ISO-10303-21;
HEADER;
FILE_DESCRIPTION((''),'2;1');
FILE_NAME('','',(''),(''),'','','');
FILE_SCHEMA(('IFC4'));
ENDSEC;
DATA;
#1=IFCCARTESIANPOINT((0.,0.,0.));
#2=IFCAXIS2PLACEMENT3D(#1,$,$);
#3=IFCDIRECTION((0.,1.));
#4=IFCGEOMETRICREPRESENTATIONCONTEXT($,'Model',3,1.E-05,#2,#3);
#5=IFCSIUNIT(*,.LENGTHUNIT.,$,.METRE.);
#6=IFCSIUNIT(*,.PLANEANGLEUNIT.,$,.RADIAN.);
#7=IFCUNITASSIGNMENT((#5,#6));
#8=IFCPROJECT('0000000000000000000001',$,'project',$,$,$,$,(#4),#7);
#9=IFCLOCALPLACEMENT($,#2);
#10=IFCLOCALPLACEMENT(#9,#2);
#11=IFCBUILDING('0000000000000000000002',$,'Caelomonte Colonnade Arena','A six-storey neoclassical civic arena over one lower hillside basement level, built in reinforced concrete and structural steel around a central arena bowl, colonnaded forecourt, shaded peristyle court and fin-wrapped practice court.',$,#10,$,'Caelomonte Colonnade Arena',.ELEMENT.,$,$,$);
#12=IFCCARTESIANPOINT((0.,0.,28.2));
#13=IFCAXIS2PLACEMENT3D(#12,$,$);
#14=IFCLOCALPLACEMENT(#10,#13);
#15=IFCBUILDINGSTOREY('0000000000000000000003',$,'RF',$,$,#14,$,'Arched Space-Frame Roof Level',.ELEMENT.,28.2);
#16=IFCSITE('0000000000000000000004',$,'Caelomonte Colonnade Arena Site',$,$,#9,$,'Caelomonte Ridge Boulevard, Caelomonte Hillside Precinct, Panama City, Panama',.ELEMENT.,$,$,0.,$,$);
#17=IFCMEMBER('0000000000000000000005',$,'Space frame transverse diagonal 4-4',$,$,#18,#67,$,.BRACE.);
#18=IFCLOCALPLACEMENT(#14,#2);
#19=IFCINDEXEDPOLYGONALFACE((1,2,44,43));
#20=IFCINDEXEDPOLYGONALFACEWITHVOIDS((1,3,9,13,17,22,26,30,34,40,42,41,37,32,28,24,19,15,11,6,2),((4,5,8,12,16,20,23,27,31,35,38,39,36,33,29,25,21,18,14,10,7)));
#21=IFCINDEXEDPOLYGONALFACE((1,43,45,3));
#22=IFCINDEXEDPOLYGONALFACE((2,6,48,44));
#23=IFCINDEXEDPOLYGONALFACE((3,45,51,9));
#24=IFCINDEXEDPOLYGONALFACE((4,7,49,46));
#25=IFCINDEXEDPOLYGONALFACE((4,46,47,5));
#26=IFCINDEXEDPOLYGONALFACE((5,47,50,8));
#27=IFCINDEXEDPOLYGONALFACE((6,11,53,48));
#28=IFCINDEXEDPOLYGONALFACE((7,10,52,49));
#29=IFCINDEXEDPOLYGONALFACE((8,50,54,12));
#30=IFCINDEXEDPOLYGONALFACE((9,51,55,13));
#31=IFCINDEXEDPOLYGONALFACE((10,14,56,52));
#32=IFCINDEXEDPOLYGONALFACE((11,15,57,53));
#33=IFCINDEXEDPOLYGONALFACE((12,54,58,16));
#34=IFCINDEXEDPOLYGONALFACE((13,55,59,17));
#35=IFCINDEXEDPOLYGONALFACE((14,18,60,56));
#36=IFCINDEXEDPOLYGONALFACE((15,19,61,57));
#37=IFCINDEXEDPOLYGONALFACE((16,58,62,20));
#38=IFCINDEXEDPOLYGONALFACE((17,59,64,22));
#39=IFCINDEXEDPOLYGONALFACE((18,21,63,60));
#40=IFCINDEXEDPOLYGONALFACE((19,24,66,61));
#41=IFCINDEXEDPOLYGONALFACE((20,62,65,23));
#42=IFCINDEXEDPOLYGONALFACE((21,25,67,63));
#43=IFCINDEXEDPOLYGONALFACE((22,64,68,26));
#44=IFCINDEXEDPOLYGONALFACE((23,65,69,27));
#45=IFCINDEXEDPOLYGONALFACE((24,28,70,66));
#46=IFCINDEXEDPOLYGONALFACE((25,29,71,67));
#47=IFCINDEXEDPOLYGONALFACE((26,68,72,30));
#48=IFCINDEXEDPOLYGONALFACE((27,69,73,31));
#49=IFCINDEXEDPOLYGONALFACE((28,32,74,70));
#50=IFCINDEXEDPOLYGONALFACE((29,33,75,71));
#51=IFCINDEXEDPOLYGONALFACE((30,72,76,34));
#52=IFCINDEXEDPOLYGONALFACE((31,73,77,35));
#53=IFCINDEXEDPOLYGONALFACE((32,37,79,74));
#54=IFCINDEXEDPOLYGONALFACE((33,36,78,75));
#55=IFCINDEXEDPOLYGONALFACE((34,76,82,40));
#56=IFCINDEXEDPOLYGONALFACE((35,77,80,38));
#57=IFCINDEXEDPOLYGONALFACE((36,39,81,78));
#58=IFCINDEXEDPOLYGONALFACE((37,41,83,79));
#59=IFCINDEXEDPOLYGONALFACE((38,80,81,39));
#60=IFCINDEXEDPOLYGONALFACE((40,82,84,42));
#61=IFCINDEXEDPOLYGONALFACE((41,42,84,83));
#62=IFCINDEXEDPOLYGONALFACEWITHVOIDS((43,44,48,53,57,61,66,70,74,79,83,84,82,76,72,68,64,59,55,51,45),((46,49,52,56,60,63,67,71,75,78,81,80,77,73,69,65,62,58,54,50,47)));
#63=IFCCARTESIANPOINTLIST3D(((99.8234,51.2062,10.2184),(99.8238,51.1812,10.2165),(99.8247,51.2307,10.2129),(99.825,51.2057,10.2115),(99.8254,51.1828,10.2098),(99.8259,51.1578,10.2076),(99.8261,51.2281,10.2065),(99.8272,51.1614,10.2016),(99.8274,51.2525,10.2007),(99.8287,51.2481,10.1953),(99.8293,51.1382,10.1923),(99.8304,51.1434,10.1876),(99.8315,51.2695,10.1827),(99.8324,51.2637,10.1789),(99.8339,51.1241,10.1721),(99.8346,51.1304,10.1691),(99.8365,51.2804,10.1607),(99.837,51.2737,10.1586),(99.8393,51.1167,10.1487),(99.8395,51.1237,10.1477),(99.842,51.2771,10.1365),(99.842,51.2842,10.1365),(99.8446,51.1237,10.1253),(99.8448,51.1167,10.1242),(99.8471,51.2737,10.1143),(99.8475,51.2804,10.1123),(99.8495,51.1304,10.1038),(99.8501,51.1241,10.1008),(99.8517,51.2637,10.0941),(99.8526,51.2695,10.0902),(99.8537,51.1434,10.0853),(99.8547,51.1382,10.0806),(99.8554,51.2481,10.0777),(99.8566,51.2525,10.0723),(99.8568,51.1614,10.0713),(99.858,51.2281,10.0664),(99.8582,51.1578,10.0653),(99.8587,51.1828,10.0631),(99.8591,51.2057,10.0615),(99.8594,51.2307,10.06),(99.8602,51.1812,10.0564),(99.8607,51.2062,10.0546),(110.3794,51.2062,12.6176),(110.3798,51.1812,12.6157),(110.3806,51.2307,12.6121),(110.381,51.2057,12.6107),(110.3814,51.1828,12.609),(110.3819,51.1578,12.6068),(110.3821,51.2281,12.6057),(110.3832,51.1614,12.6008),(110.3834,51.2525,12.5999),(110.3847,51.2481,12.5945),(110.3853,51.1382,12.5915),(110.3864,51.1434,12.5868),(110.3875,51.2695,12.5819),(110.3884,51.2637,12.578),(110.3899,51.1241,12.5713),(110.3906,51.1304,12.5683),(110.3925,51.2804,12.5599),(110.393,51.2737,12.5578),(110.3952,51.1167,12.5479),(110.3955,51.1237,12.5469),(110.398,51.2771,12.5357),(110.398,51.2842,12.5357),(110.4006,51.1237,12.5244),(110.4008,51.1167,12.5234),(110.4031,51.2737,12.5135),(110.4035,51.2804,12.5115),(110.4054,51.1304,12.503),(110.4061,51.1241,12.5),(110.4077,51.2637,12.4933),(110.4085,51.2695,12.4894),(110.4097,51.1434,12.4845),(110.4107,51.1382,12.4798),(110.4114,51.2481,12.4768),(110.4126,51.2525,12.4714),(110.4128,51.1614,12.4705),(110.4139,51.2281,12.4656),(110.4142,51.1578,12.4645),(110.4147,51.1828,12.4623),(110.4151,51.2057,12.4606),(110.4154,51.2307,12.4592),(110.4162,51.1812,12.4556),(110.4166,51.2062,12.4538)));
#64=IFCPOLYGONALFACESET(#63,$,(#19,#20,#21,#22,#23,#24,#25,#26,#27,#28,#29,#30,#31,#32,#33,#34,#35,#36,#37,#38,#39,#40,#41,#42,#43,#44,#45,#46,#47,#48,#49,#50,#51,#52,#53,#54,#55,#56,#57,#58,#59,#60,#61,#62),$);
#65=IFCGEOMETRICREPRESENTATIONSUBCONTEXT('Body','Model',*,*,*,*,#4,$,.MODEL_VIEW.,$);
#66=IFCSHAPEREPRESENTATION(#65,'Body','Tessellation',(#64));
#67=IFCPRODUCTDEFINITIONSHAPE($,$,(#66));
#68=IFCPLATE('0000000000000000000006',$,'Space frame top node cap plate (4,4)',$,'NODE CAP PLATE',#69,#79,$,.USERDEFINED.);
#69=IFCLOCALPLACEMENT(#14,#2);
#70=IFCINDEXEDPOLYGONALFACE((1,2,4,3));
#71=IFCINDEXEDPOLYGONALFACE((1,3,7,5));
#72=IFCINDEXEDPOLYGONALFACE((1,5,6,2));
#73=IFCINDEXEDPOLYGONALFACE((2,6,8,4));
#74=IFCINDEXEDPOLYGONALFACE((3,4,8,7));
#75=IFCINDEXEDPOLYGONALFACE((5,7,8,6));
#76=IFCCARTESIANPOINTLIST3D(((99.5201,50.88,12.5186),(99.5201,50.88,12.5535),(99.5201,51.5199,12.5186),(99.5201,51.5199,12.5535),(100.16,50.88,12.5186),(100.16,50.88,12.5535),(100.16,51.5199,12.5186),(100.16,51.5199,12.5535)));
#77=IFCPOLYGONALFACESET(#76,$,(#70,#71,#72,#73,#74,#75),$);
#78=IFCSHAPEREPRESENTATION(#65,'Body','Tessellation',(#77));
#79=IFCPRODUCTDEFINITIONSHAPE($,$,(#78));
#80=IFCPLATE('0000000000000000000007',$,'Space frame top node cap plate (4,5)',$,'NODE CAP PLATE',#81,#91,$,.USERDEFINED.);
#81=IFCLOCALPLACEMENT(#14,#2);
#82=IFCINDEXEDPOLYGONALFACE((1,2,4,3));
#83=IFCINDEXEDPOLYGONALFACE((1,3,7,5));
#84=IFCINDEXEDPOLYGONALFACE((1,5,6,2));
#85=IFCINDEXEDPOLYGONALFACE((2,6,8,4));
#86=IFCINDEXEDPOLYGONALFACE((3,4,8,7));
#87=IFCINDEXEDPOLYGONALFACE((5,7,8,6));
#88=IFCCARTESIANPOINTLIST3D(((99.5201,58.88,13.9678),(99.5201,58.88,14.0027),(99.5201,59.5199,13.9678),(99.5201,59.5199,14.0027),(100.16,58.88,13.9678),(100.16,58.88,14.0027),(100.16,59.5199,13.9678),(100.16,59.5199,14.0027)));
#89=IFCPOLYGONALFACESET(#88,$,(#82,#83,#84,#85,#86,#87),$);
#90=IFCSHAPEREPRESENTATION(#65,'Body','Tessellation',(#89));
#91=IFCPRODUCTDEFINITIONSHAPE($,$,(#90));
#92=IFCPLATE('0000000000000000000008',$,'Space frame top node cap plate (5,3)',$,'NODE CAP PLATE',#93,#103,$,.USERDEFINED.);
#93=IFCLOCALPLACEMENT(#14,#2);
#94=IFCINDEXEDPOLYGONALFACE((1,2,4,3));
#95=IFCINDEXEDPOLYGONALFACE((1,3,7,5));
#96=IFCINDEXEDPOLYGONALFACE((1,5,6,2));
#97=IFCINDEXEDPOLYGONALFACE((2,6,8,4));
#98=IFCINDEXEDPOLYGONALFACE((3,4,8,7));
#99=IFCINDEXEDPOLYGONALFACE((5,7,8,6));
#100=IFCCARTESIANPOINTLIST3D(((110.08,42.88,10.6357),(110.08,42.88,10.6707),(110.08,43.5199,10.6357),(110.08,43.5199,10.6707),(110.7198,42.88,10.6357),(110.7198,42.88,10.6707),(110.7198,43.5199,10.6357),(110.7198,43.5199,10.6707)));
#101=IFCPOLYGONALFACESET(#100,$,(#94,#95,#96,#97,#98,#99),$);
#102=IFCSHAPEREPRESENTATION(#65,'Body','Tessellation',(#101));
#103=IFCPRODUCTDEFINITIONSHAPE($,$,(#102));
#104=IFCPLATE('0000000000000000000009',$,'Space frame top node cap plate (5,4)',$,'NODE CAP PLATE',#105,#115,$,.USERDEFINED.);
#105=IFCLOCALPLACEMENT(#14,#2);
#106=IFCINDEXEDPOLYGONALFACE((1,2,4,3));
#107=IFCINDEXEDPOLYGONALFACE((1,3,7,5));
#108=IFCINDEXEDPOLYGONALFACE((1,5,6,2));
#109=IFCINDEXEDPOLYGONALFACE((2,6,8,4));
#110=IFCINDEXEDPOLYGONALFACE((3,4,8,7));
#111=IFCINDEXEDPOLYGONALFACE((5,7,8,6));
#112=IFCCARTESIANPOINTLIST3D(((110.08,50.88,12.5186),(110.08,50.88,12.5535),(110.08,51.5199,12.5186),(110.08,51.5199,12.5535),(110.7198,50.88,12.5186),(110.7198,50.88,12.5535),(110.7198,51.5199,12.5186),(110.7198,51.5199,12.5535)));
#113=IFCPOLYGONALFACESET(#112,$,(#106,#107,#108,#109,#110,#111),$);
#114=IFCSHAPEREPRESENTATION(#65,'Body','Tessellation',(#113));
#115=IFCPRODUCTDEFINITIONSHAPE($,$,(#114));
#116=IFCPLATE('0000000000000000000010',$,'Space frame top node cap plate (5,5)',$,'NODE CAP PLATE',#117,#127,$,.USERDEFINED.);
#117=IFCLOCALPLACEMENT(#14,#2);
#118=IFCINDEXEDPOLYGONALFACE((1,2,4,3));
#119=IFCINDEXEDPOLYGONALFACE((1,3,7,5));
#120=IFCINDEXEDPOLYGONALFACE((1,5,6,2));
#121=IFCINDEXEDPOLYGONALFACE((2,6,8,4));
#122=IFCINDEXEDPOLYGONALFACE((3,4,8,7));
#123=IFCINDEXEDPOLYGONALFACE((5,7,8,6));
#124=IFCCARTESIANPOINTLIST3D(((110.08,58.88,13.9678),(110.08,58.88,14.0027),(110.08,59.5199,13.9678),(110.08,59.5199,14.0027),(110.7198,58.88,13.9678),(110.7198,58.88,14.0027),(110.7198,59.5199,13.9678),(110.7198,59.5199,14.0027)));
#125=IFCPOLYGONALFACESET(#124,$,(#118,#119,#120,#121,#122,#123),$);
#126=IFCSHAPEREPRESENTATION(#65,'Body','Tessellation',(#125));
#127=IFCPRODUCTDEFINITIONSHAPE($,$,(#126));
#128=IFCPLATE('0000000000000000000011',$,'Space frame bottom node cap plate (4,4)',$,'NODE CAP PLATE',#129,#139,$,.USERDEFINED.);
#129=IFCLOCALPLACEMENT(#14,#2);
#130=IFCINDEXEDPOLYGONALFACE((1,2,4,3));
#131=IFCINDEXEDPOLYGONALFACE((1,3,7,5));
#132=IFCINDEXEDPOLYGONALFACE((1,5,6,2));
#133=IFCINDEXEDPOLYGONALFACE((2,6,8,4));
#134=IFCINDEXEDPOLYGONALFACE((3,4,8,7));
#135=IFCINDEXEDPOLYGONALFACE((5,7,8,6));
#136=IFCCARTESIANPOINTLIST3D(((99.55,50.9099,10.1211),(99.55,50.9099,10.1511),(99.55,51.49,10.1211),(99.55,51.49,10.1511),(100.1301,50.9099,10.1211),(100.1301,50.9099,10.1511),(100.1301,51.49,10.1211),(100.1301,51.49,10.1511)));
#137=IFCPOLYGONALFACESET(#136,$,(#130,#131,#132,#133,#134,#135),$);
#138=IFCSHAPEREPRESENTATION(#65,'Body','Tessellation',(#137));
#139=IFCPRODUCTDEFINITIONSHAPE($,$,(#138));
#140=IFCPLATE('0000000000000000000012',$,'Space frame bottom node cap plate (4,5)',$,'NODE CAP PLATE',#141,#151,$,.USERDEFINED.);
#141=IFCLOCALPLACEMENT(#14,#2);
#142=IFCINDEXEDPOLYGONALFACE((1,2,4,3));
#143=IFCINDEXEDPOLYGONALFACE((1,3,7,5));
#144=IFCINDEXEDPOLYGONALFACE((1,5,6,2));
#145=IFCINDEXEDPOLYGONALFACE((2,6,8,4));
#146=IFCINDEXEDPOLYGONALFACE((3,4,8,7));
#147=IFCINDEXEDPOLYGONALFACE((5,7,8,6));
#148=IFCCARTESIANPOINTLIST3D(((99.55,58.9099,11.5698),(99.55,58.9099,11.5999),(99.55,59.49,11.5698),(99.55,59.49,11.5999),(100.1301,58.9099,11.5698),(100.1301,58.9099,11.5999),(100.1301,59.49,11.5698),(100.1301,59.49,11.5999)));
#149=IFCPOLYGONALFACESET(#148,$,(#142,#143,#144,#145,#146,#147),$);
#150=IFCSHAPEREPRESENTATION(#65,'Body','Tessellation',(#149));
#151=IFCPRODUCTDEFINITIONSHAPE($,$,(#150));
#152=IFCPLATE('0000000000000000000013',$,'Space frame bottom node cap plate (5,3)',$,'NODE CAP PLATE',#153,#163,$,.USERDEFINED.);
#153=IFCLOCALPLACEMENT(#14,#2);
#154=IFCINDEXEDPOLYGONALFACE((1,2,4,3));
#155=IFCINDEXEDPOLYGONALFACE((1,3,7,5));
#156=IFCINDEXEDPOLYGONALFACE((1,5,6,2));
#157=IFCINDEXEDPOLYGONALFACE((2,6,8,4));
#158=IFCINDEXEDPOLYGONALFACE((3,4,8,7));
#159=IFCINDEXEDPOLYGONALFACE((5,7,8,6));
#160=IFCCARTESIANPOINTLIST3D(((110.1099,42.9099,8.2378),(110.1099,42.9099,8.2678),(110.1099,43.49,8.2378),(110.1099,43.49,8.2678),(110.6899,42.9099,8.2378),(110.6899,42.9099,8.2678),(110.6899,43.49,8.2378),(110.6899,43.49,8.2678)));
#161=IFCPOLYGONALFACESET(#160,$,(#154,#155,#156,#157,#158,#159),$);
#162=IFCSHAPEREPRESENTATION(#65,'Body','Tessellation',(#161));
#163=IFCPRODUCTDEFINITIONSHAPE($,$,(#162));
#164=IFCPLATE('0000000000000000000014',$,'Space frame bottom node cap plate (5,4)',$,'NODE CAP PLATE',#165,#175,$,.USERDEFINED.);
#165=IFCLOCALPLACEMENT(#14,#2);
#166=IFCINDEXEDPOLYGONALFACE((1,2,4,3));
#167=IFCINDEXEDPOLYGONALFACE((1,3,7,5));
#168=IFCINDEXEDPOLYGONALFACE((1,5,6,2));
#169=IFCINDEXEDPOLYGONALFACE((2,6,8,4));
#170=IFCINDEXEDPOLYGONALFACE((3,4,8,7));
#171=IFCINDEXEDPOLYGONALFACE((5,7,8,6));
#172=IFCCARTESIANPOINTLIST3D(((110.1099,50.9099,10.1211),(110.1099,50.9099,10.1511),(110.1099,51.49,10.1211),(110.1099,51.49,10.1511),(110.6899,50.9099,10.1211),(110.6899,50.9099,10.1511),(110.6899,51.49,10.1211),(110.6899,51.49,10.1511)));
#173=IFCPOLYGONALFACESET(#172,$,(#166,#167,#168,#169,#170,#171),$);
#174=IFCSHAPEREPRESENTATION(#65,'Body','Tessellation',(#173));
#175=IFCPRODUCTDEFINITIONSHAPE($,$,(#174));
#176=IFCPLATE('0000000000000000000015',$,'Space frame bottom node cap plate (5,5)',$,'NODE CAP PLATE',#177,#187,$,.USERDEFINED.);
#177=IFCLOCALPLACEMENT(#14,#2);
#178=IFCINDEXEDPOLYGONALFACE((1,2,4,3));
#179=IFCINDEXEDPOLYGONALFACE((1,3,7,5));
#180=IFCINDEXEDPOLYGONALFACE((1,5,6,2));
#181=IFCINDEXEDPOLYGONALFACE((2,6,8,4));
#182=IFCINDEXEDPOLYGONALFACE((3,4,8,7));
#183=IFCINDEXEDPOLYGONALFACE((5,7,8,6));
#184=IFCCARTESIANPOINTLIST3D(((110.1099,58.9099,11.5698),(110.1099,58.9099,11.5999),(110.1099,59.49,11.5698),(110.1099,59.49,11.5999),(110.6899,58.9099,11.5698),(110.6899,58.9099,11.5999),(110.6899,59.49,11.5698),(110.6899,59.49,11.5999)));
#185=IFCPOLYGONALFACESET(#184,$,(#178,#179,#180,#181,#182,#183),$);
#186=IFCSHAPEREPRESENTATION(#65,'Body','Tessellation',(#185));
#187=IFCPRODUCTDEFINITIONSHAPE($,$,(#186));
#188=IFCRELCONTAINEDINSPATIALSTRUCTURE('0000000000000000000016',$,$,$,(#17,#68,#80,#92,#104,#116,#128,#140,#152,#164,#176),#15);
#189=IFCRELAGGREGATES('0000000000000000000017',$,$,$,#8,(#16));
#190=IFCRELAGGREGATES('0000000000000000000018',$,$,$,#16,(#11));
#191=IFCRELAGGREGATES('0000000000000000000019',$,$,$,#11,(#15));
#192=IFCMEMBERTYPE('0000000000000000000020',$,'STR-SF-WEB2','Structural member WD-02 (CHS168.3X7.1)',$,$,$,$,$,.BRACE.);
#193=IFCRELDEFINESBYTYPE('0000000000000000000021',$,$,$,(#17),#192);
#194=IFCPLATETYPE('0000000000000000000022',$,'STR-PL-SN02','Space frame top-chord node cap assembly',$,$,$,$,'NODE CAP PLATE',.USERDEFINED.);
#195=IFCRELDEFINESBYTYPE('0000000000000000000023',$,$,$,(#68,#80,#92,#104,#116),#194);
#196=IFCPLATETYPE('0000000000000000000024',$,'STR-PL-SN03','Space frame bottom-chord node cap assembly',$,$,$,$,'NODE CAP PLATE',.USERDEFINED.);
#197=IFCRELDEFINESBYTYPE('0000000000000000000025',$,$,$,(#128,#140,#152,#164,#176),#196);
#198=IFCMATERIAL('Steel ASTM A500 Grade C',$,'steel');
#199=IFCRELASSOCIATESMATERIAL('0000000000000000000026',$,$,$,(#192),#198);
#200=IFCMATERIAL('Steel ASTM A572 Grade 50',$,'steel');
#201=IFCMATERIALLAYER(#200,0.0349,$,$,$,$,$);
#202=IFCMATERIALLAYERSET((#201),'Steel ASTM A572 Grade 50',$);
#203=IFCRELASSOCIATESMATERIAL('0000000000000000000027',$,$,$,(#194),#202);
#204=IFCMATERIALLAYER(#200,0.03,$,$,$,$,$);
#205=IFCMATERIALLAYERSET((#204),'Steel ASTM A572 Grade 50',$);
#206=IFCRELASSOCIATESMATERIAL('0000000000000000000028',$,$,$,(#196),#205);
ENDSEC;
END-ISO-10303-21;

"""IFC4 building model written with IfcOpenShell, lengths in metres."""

from ifc_helpers import new_model, si_unit, direction, frame, origin, origin_2d, place, context, subcontext, project, spatial, rectangle, hollow_circle, extrude, material, layer, layer_set, material_profile, profile_set, type_object, element, save


model = new_model("IFC4")

# Units and contexts
model_context = context("Model", 3, precision=1e-05, world=origin(), true_north=direction((0.0, 1.0)))
body_context = subcontext(model_context, "Body", "Model", "MODEL_VIEW")
ifc_project = project(units=[si_unit("LENGTHUNIT", "METRE"), si_unit("PLANEANGLEUNIT", "RADIAN")], contexts=[model_context])

# Site, building, storey
site_placement = place(None, origin())
site = spatial("IfcSite", under=ifc_project, at=site_placement, Name="Caelomonte Colonnade Arena Site", LongName="Caelomonte Ridge Boulevard, Caelomonte Hillside Precinct, Panama City, Panama", CompositionType="ELEMENT", RefElevation=0.0)
building_placement = place(site_placement, origin())
building = spatial("IfcBuilding", under=site, at=building_placement, Name="Caelomonte Colonnade Arena", Description="A six-storey neoclassical civic arena over one lower hillside basement level, built in reinforced concrete and structural steel around a central arena bowl, colonnaded forecourt, shaded peristyle court and fin-wrapped practice court.", LongName="Caelomonte Colonnade Arena", CompositionType="ELEMENT")
storey_placement = place(building_placement, frame((0.0, 0.0, 28.2)))
storey = spatial("IfcBuildingStorey", under=building, at=storey_placement, Name="RF", LongName="Arched Space-Frame Roof Level", CompositionType="ELEMENT", Elevation=28.2)

# Member
ifc_material_1 = material(Name="Steel ASTM A500 Grade C", Category="steel")
ifc_material_profile_1 = material_profile(ifc_material_1, hollow_circle(Radius=0.0842, WallThickness=0.0071, at=origin_2d()), Name="CHS168.3X7.1")
ifc_profile_set_1 = profile_set([ifc_material_profile_1], Name="Steel ASTM A500 Grade C")
member_type_1 = type_object("IfcMemberType", Name="STR-SF-WEB2", Description="Structural member WD-02 (CHS168.3X7.1)", PredefinedType="BRACE", material=ifc_profile_set_1)
member_1_placement = place(storey_placement, frame((99.842, 51.2, 10.1365), z_axis=(0.975131, 0.0, 0.22163), x_axis=(0.0, 1.0, 0.0)))
element("IfcMember", 1, at=member_1_placement, inside=storey, type_object=member_type_1, Name="Space frame transverse diagonal 4-4", PredefinedType="BRACE", context=body_context, shape_type="SweptSolid", body=[
    extrude(hollow_circle(Radius=0.0842, WallThickness=0.0071, at=origin_2d()), origin(), (0.0, 0.0, 1.0), 10.8252),
])

# Plates
ifc_material_2 = material(Name="Steel ASTM A572 Grade 50", Category="steel")
ifc_layer_1 = layer(ifc_material_2, 0.0349)
ifc_layer_set_1 = layer_set([ifc_layer_1], Name="Steel ASTM A572 Grade 50")
plate_type_1 = type_object("IfcPlateType", Name="STR-PL-SN02", Description="Space frame top-chord node cap assembly", ElementType="NODE CAP PLATE", PredefinedType="USERDEFINED", material=ifc_layer_set_1)
for number, where, z_axis, x_axis, name in (
    (2, (99.8401, 51.2, 12.5186), (0.0, 0.0, 1.0), (1.0, 0.0, 0.0), "Space frame top node cap plate (4,4)"),
    (3, (99.8401, 59.2, 13.9678), (0.0, 0.0, 1.0), (1.0, 0.0, 0.0), "Space frame top node cap plate (4,5)"),
    (4, (110.3999, 43.2, 10.6357), (0.0, 0.0, 1.0), (1.0, 0.0, 0.0), "Space frame top node cap plate (5,3)"),
    (5, (110.3999, 51.2, 12.5186), (0.0, 0.0, 1.0), (1.0, 0.0, 0.0), "Space frame top node cap plate (5,4)"),
    (6, (110.3999, 59.2, 13.9678), (0.0, 0.0, 1.0), (1.0, 0.0, 0.0), "Space frame top node cap plate (5,5)"),
):
    element("IfcPlate", number, at=place(storey_placement, frame(where, z_axis=z_axis, x_axis=x_axis)), inside=storey, type_object=plate_type_1, Name=name, ObjectType="NODE CAP PLATE", PredefinedType="USERDEFINED", context=body_context, shape_type="SweptSolid", body=[
        extrude(rectangle(XDim=0.6399, YDim=0.6399, at=origin_2d()), origin(), (0.0, 0.0, 1.0), 0.0349),
    ])
ifc_layer_2 = layer(ifc_material_2, 0.03)
ifc_layer_set_2 = layer_set([ifc_layer_2], Name="Steel ASTM A572 Grade 50")
plate_type_2 = type_object("IfcPlateType", Name="STR-PL-SN03", Description="Space frame bottom-chord node cap assembly", ElementType="NODE CAP PLATE", PredefinedType="USERDEFINED", material=ifc_layer_set_2)
for number, where, z_axis, x_axis, name in (
    (7, (99.8401, 51.2, 10.1211), (0.0, 0.0, 1.0), (1.0, 0.0, 0.0), "Space frame bottom node cap plate (4,4)"),
    (8, (99.8401, 59.2, 11.5698), (0.0, 0.0, 1.0), (1.0, 0.0, 0.0), "Space frame bottom node cap plate (4,5)"),
    (9, (110.3999, 43.2, 8.2378), (0.0, 0.0, 1.0), (1.0, 0.0, 0.0), "Space frame bottom node cap plate (5,3)"),
    (10, (110.3999, 51.2, 10.1211), (0.0, 0.0, 1.0), (1.0, 0.0, 0.0), "Space frame bottom node cap plate (5,4)"),
    (11, (110.3999, 59.2, 11.5698), (0.0, 0.0, 1.0), (1.0, 0.0, 0.0), "Space frame bottom node cap plate (5,5)"),
):
    element("IfcPlate", number, at=place(storey_placement, frame(where, z_axis=z_axis, x_axis=x_axis)), inside=storey, type_object=plate_type_2, Name=name, ObjectType="NODE CAP PLATE", PredefinedType="USERDEFINED", context=body_context, shape_type="SweptSolid", body=[
        extrude(rectangle(XDim=0.5801, YDim=0.5801, at=origin_2d()), origin(), (0.0, 0.0, 1.0), 0.03),
    ])

save(model, "model.ifc")
